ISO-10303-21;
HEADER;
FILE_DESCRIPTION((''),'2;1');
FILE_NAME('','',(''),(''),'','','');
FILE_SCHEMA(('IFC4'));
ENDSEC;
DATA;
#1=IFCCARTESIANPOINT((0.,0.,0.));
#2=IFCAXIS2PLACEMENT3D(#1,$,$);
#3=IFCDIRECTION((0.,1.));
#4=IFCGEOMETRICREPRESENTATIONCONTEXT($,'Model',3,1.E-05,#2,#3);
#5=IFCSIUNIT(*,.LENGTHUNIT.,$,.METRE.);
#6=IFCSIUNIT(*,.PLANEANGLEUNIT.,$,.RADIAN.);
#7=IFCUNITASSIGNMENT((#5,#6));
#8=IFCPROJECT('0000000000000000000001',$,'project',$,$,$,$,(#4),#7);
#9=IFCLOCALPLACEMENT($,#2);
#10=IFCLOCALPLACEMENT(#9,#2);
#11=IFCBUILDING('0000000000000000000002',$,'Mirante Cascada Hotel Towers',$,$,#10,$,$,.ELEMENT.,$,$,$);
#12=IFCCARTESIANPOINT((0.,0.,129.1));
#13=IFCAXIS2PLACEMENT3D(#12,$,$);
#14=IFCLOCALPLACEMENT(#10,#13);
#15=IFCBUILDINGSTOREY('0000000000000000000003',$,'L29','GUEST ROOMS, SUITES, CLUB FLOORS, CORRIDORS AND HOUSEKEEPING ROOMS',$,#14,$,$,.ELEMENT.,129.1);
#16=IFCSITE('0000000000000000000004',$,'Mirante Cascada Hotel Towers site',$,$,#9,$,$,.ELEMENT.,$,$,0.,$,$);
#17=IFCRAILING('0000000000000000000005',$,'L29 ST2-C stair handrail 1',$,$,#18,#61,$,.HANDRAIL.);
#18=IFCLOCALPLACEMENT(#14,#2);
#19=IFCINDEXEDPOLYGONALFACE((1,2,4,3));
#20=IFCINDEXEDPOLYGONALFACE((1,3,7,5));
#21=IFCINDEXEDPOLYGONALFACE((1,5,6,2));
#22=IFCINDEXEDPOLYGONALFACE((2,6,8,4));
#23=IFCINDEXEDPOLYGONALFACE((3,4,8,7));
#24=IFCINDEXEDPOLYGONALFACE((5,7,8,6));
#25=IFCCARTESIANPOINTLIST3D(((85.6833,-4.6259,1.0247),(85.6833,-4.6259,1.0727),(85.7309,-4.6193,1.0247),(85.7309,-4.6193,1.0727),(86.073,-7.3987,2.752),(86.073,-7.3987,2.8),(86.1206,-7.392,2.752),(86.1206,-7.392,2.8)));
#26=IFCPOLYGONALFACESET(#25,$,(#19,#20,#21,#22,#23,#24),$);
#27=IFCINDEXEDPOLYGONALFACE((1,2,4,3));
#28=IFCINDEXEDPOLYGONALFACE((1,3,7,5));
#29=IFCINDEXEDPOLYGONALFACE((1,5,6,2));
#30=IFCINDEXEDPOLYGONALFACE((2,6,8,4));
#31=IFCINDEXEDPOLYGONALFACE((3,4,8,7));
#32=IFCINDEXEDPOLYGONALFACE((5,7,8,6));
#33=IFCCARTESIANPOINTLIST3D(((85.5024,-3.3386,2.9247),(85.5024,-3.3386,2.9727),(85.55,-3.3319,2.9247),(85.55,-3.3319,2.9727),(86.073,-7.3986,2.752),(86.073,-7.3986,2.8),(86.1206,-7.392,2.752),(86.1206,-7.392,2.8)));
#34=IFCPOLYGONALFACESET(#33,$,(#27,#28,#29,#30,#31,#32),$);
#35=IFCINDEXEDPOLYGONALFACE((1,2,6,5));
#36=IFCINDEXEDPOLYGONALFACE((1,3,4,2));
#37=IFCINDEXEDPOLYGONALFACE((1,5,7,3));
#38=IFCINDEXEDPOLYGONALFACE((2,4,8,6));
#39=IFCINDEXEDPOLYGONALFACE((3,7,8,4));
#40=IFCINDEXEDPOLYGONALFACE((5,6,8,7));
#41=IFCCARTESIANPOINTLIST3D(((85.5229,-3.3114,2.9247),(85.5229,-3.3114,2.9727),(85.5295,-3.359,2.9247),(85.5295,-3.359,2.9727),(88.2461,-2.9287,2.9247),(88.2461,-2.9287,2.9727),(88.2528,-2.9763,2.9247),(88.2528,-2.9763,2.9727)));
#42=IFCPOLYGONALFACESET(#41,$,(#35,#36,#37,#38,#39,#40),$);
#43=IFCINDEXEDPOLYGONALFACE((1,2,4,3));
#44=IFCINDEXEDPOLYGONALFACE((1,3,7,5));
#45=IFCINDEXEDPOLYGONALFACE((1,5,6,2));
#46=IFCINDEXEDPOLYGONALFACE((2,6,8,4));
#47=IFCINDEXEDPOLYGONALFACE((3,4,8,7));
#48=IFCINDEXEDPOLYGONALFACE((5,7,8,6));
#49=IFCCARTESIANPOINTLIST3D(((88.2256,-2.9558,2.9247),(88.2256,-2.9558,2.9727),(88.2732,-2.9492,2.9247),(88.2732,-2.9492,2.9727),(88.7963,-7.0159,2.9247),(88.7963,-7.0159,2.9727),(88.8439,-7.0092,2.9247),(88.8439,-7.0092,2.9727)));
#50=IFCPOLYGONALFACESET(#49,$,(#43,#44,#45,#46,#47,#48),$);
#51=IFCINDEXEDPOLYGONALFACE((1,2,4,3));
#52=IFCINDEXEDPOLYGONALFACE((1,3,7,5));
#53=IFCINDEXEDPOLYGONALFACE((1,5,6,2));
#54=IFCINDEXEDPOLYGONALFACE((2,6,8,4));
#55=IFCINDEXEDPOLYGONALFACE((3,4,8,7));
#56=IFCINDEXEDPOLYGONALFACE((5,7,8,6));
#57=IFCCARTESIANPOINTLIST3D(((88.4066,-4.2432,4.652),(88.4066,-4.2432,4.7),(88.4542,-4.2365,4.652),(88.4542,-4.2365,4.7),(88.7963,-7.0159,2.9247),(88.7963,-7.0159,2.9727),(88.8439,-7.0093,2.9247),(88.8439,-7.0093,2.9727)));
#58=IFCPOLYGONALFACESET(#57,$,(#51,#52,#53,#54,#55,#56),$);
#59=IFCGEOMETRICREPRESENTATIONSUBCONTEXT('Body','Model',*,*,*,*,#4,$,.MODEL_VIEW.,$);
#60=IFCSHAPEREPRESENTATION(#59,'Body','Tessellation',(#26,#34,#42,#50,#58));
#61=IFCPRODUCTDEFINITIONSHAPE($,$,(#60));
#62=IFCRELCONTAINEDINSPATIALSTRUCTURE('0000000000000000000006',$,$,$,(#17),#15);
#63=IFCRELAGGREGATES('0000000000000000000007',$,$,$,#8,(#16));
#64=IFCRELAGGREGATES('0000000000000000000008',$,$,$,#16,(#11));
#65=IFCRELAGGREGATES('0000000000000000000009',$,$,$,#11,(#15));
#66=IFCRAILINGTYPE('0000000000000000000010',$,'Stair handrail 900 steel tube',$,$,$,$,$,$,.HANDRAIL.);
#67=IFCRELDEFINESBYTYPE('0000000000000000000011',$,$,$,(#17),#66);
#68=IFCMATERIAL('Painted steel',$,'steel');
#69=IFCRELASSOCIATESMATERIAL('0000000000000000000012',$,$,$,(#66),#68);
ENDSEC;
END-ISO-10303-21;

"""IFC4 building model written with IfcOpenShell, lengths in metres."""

from ifc_helpers import new_model, si_unit, direction, frame, origin, origin_2d, place, context, subcontext, project, spatial, rectangle, extrude, material, type_object, element, save


model = new_model("IFC4")

# Units and contexts
model_context = context("Model", 3, precision=1e-05, world=origin(), true_north=direction((0.0, 1.0)))
body_context = subcontext(model_context, "Body", "Model", "MODEL_VIEW")
ifc_project = project(units=[si_unit("LENGTHUNIT", "METRE"), si_unit("PLANEANGLEUNIT", "RADIAN")], contexts=[model_context])

# Site, building, storey
site_placement = place(None, origin())
site = spatial("IfcSite", under=ifc_project, at=site_placement, Name="Mirante Cascada Hotel Towers site", CompositionType="ELEMENT", RefElevation=0.0)
building_placement = place(site_placement, origin())
building = spatial("IfcBuilding", under=site, at=building_placement, Name="Mirante Cascada Hotel Towers", CompositionType="ELEMENT")
storey_placement = place(building_placement, frame((0.0, 0.0, 129.1)))
storey = spatial("IfcBuildingStorey", under=building, at=storey_placement, Name="L29", Description="GUEST ROOMS, SUITES, CLUB FLOORS, CORRIDORS AND HOUSEKEEPING ROOMS", CompositionType="ELEMENT", Elevation=129.1)

# Railing
ifc_material_1 = material(Name="Painted steel", Category="steel")
railing_type_1 = type_object("IfcRailingType", Name="Stair handrail 900 steel tube", PredefinedType="HANDRAIL", material=ifc_material_1)
railing_1_placement = place(storey_placement, frame((85.7071, -4.6226, 0.1727)))
element("IfcRailing", 1, at=railing_1_placement, inside=storey, type_object=railing_type_1, Name="L29 ST2-C stair handrail 1", PredefinedType="HANDRAIL", context=body_context, shape_type="SweptSolid", body=[
    extrude(rectangle(XDim=0.048, YDim=0.048, at=origin_2d()), frame((0.0, 0.0, 0.876), z_axis=(0.139181, -0.990267, 0.0), x_axis=(0.990267, 0.139181, 0.0)), (0.0, 0.525035, 0.851081), 3.2899),
    extrude(rectangle(XDim=0.048, YDim=0.048, at=origin_2d()), frame((0.3897, -2.7727, 2.6033), z_axis=(-0.139171, 0.990268, 0.0), x_axis=(-0.990268, -0.139171, 0.0)), (0.0, 0.042085, 0.999114), 4.1036),
    extrude(rectangle(XDim=0.048, YDim=0.048, at=origin_2d()), frame((-0.1809, 1.2874, 2.776), z_axis=(0.990269, 0.139166, 0.0), x_axis=(-0.139166, 0.990269, 0.0)), (0.0, 0.0, 1.0), 2.75),
    extrude(rectangle(XDim=0.048, YDim=0.048, at=origin_2d()), frame((2.5423, 1.6701, 2.776), z_axis=(0.139195, -0.990265, 0.0), x_axis=(0.990265, 0.139195, 0.0)), (0.0, 0.0, 1.0), 4.1),
    extrude(rectangle(XDim=0.048, YDim=0.048, at=origin_2d()), frame((3.113, -2.39, 2.776), z_axis=(-0.139181, 0.990267, 0.0), x_axis=(-0.990267, -0.139181, 0.0)), (0.0, 0.525035, 0.851081), 3.2899),
])

save(model, "model.ifc")
